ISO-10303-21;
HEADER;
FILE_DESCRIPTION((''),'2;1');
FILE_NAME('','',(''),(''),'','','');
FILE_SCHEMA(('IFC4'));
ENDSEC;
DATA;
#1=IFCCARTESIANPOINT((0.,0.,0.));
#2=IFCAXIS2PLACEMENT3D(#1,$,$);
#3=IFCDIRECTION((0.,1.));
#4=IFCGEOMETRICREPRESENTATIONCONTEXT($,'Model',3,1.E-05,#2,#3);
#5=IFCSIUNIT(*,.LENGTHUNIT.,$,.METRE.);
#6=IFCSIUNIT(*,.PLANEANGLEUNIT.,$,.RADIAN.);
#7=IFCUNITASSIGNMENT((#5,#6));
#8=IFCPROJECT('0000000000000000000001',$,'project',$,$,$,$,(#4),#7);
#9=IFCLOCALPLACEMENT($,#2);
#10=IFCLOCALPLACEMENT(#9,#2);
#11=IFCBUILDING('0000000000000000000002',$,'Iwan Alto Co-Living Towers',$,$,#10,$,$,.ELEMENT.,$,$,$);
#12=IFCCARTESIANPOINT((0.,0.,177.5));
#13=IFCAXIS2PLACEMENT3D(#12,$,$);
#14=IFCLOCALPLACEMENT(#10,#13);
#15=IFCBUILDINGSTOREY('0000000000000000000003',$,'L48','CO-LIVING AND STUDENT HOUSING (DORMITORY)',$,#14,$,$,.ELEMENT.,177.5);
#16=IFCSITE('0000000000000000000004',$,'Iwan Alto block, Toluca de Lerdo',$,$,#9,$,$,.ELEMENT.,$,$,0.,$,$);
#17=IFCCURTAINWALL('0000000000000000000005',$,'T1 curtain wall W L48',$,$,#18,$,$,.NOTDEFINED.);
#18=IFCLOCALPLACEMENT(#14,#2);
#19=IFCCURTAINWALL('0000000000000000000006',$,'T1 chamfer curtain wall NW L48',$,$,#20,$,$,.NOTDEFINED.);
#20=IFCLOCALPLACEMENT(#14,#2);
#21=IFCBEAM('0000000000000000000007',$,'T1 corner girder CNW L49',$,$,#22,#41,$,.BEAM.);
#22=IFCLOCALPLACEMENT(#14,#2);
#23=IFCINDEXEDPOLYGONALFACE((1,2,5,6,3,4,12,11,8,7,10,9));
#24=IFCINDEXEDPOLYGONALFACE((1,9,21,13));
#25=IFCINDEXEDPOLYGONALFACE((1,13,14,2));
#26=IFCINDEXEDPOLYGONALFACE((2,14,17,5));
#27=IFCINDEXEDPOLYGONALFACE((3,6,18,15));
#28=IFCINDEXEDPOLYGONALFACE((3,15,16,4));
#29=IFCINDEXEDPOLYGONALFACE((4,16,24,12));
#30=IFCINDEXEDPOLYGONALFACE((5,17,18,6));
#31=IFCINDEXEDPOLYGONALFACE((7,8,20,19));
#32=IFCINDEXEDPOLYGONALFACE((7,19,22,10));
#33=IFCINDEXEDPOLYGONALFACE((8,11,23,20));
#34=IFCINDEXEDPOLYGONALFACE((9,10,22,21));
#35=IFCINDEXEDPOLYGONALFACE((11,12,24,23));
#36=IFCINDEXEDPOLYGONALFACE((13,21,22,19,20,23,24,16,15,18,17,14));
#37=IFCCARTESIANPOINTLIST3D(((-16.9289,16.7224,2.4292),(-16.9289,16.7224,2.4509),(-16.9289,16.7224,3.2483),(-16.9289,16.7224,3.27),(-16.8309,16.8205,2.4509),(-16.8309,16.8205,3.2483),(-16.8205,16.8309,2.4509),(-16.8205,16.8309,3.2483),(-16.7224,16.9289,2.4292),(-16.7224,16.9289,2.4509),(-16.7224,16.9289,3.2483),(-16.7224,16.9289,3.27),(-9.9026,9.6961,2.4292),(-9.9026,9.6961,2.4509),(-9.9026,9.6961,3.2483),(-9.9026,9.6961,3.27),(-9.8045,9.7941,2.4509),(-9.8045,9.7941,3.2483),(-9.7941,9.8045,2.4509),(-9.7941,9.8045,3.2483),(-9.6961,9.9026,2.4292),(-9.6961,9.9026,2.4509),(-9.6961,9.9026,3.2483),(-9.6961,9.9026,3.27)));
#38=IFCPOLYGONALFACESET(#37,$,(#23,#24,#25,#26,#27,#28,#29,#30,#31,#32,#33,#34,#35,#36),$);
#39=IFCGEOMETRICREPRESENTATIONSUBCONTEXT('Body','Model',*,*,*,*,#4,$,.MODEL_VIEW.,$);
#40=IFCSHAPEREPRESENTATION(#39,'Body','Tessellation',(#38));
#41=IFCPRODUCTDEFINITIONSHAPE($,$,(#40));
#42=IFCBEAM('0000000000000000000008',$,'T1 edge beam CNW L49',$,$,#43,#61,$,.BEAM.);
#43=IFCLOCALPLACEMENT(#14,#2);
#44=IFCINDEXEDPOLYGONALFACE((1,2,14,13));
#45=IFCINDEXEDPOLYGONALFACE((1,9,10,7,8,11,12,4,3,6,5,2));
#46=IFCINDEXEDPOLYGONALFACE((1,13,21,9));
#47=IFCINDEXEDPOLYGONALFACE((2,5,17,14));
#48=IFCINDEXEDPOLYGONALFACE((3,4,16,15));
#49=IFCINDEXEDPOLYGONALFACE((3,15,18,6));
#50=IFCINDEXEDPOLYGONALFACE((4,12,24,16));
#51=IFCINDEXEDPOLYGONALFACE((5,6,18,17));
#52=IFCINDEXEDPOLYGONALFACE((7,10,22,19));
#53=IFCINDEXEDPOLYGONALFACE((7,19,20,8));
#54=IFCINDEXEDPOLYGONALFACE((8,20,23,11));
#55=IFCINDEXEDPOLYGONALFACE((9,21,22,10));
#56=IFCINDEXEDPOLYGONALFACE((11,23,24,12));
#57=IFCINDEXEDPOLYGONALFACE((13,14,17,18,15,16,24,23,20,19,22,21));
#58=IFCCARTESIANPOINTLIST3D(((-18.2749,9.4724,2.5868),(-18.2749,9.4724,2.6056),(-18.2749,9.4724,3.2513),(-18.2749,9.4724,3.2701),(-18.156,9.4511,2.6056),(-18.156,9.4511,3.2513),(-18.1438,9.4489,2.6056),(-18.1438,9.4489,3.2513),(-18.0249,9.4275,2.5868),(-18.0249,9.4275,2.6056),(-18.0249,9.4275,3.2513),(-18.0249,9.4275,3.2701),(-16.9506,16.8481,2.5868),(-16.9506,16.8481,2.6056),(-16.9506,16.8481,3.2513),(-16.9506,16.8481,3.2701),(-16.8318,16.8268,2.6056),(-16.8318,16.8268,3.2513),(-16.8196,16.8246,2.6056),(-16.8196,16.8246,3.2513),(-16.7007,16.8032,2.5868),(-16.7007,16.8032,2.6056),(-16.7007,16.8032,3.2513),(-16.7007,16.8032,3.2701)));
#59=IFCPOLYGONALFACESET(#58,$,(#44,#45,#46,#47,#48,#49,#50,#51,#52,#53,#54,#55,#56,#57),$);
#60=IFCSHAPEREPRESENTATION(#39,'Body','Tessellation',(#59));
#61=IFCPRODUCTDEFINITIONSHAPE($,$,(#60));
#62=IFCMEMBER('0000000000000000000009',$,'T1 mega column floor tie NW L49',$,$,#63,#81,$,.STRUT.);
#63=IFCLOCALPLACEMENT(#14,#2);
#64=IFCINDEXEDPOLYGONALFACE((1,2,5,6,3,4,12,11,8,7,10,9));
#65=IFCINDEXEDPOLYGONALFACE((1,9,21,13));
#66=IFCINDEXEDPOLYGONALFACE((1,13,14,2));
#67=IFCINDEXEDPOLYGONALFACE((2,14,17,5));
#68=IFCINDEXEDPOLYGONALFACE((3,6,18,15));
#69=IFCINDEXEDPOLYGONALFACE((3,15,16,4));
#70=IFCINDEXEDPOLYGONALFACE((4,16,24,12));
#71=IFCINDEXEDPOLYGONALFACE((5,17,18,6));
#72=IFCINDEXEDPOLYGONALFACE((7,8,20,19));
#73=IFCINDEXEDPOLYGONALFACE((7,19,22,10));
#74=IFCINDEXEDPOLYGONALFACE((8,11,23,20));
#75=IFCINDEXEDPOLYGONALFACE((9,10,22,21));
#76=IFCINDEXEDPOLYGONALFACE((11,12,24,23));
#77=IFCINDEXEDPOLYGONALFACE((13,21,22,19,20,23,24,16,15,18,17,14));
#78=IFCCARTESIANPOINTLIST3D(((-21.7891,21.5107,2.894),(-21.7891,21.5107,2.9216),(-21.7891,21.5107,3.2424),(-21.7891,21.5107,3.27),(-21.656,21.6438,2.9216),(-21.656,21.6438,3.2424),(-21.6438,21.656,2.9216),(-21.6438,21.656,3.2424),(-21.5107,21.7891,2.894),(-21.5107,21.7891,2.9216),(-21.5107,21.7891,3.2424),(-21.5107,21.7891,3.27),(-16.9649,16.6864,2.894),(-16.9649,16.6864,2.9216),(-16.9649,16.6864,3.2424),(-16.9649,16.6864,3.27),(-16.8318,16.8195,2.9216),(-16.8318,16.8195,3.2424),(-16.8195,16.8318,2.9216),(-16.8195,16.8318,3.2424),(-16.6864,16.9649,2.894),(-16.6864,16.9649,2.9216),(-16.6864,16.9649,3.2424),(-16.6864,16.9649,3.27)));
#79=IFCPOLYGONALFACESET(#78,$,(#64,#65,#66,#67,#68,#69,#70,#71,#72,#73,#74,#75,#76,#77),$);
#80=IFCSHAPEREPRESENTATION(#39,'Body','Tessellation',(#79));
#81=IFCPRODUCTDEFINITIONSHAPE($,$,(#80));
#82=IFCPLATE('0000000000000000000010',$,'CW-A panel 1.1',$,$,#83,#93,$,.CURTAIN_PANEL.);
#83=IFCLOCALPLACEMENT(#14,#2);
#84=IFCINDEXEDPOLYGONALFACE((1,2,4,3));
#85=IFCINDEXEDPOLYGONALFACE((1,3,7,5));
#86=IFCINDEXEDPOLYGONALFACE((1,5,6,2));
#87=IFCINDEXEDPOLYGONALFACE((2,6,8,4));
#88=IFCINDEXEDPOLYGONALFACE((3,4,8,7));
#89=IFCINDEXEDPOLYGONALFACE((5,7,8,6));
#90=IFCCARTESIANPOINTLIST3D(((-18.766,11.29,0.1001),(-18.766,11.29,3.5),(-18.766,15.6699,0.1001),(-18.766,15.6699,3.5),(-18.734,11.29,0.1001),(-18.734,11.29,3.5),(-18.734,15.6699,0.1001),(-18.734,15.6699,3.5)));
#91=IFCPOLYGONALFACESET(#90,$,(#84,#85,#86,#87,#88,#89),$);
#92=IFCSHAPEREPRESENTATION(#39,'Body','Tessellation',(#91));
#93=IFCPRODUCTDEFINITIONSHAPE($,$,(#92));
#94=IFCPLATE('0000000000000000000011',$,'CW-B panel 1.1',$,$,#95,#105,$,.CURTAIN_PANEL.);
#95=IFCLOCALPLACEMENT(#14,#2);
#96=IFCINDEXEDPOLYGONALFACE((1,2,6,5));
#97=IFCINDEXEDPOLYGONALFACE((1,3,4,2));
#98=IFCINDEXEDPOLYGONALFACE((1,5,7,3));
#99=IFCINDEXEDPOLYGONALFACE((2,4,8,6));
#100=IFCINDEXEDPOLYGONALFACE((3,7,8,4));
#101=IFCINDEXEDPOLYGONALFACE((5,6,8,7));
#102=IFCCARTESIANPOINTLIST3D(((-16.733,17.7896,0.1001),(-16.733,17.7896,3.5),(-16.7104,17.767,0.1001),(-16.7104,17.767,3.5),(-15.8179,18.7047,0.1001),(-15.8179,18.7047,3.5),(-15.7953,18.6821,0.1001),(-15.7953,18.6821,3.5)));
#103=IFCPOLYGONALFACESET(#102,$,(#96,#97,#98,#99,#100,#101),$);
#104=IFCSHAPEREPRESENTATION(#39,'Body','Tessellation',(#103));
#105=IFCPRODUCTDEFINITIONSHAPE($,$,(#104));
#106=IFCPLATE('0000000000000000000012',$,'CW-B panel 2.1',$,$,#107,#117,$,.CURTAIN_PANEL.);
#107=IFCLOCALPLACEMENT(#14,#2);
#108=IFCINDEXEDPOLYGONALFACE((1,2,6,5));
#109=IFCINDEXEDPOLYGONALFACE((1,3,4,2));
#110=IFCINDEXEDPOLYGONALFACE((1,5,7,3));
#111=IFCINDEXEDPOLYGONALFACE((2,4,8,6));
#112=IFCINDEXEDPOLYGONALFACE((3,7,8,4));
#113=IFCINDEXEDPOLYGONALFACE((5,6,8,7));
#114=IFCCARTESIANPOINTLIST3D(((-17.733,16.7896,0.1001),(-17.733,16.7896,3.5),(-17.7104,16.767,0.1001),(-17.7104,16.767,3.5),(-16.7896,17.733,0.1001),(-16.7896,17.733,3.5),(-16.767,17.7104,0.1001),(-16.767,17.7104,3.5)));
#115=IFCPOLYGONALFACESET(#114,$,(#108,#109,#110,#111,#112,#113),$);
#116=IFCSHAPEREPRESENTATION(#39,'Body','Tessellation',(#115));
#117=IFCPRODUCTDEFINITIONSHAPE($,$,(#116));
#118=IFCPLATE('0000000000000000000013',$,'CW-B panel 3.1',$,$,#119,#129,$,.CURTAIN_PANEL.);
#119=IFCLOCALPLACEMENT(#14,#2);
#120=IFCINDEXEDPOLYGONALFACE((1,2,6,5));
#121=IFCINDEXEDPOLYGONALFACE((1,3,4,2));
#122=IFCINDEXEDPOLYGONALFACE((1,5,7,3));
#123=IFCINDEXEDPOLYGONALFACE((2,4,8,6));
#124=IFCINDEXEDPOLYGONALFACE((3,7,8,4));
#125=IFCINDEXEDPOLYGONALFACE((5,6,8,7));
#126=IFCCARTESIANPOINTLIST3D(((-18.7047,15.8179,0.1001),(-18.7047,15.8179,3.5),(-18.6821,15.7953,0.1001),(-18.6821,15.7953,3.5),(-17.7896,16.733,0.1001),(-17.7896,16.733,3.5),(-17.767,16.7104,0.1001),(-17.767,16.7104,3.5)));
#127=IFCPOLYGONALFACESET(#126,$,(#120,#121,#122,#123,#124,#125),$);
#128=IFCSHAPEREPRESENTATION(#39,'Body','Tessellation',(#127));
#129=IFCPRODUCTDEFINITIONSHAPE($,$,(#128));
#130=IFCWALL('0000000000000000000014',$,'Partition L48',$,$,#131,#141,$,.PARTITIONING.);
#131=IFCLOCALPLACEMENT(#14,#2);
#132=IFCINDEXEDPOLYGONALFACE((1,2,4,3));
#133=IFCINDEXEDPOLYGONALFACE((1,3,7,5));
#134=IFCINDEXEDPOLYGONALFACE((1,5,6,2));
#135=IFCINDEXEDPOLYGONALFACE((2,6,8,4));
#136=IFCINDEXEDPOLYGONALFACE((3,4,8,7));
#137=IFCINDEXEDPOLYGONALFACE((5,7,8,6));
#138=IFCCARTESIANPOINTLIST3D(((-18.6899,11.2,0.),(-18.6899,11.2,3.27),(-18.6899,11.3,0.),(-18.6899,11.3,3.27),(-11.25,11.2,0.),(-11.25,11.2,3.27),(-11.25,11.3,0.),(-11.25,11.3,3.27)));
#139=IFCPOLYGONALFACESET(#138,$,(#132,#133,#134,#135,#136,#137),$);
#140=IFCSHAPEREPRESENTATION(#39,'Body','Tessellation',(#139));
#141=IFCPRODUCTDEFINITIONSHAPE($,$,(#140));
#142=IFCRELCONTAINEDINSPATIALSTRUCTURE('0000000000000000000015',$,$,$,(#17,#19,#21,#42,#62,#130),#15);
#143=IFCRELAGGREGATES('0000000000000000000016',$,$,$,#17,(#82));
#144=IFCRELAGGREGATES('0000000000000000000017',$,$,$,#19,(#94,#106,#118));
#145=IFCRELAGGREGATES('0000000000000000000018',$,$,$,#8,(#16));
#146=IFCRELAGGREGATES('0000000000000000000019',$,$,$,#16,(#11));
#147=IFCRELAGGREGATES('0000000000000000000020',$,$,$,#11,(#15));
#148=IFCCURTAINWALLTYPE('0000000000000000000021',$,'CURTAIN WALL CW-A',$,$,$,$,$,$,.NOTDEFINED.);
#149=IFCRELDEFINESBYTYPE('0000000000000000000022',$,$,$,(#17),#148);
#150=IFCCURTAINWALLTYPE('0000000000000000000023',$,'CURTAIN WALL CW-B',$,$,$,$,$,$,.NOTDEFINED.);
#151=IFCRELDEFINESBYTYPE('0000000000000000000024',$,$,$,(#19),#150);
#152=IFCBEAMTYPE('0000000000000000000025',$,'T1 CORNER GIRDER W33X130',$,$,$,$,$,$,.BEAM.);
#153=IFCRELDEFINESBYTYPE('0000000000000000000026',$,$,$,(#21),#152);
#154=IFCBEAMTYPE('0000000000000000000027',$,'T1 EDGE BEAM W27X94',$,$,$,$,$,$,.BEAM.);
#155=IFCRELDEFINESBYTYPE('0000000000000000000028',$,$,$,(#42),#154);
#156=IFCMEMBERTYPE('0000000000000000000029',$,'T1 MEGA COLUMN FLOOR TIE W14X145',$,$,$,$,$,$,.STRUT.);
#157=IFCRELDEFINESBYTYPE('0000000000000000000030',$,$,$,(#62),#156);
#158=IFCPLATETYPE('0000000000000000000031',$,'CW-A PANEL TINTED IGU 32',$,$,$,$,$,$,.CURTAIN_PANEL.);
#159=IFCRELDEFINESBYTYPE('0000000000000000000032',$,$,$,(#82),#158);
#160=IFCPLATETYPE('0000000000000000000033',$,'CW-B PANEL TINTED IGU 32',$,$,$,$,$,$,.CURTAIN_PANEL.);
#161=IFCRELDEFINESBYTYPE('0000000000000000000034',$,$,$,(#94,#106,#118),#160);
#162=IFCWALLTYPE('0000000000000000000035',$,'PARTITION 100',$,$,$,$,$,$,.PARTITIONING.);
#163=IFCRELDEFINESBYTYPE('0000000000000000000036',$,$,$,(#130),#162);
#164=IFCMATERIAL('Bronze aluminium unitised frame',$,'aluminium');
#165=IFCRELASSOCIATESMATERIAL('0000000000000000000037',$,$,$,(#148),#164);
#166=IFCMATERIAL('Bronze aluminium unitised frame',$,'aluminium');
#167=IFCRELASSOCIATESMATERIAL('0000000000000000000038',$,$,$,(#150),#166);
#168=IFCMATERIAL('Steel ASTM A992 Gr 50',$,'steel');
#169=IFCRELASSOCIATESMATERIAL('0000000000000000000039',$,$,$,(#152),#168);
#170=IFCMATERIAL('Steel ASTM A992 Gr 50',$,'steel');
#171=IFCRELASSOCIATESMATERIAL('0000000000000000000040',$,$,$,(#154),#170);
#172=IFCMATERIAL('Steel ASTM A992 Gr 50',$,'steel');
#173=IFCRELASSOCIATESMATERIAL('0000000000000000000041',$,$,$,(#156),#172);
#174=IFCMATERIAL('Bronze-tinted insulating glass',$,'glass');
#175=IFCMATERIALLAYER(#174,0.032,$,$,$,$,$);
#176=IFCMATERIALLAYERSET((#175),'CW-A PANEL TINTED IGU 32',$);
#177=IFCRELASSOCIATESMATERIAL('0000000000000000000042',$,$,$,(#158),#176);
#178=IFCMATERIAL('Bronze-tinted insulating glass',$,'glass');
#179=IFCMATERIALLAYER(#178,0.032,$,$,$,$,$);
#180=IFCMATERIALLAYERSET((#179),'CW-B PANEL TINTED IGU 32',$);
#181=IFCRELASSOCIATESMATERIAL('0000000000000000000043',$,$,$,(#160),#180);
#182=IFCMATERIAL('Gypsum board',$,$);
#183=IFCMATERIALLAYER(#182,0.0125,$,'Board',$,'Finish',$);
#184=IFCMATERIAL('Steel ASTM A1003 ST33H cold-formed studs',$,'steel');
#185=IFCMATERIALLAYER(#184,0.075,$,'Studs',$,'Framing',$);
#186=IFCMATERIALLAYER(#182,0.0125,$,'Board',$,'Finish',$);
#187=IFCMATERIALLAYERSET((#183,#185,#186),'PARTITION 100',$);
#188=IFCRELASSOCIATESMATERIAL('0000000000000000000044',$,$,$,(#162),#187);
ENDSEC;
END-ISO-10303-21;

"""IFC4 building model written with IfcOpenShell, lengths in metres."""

from ifc_helpers import new_model, si_unit, direction, frame, frame_2d, origin, origin_2d, place, context, subcontext, project, spatial, rectangle, i_section, extrude, material, layer, layer_set, material_profile, profile_set, type_object, element, aggregate, save


model = new_model("IFC4")

# Units and contexts
model_context = context("Model", 3, precision=1e-05, world=origin(), true_north=direction((0.0, 1.0)))
body_context = subcontext(model_context, "Body", "Model", "MODEL_VIEW")
ifc_project = project(units=[si_unit("LENGTHUNIT", "METRE"), si_unit("PLANEANGLEUNIT", "RADIAN")], contexts=[model_context])

# Site, building, storey
site_placement = place(None, origin())
site = spatial("IfcSite", under=ifc_project, at=site_placement, Name="Iwan Alto block, Toluca de Lerdo", CompositionType="ELEMENT", RefElevation=0.0)
building_placement = place(site_placement, origin())
building = spatial("IfcBuilding", under=site, at=building_placement, Name="Iwan Alto Co-Living Towers", CompositionType="ELEMENT")
storey_placement = place(building_placement, frame((0.0, 0.0, 177.5)))
storey = spatial("IfcBuildingStorey", under=building, at=storey_placement, Name="L48", Description="CO-LIVING AND STUDENT HOUSING (DORMITORY)", CompositionType="ELEMENT", Elevation=177.5)

# Shared definitions
ifc_material_1 = material(Name="Bronze aluminium unitised frame", Category="aluminium")
curtain_wall_type_1 = type_object("IfcCurtainWallType", Name="CURTAIN WALL CW-A", PredefinedType="NOTDEFINED", material=ifc_material_1)

# Curtain walls
curtain_wall_1_placement = place(storey_placement, origin())
curtain_wall_1 = element("IfcCurtainWall", 1, at=curtain_wall_1_placement, inside=storey, type_object=curtain_wall_type_1, Name="T1 curtain wall W L48", PredefinedType="NOTDEFINED")
ifc_material_2 = material(Name="Bronze aluminium unitised frame", Category="aluminium")
curtain_wall_type_2 = type_object("IfcCurtainWallType", Name="CURTAIN WALL CW-B", PredefinedType="NOTDEFINED", material=ifc_material_2)
curtain_wall_2_placement = place(storey_placement, origin())
curtain_wall_2 = element("IfcCurtainWall", 2, at=curtain_wall_2_placement, inside=storey, type_object=curtain_wall_type_2, Name="T1 chamfer curtain wall NW L48", PredefinedType="NOTDEFINED")

# Beams
ifc_material_3 = material(Name="Steel ASTM A992 Gr 50", Category="steel")
ifc_material_profile_1 = material_profile(ifc_material_3, i_section(OverallWidth=0.292, OverallDepth=0.8408, WebThickness=0.0146, FlangeThickness=0.0217, at=origin_2d()), Name="W33X130")
ifc_profile_set_1 = profile_set([ifc_material_profile_1], Name="Steel ASTM A992 Gr 50")
beam_type_1 = type_object("IfcBeamType", Name="T1 CORNER GIRDER W33X130", PredefinedType="BEAM", material=ifc_profile_set_1)
beam_1_placement = place(storey_placement, frame((-16.8257, 16.8257, 2.8496), z_axis=(0.707107, -0.707107, 0.0), x_axis=(0.707107, 0.707107, 0.0)))
element("IfcBeam", 3, at=beam_1_placement, inside=storey, type_object=beam_type_1, Name="T1 corner girder CNW L49", PredefinedType="BEAM", context=body_context, shape_type="SweptSolid", body=[
    extrude(i_section(OverallWidth=0.292, OverallDepth=0.8408, WebThickness=0.0146, FlangeThickness=0.0217, at=origin_2d()), origin(), (0.0, 0.0, 1.0), 9.9368),
])
ifc_material_4 = material(Name="Steel ASTM A992 Gr 50", Category="steel")
ifc_material_profile_2 = material_profile(ifc_material_4, i_section(OverallWidth=0.2539, OverallDepth=0.6833, WebThickness=0.0125, FlangeThickness=0.0188, at=origin_2d()), Name="W27X94")
ifc_profile_set_2 = profile_set([ifc_material_profile_2], Name="Steel ASTM A992 Gr 50")
beam_type_2 = type_object("IfcBeamType", Name="T1 EDGE BEAM W27X94", PredefinedType="BEAM", material=ifc_profile_set_2)
beam_2_placement = place(storey_placement, frame((-16.8257, 16.8257, 2.9285), z_axis=(-0.176712, -0.984263, 0.0), x_axis=(0.984263, -0.176712, 0.0)))
element("IfcBeam", 4, at=beam_2_placement, inside=storey, type_object=beam_type_2, Name="T1 edge beam CNW L49", PredefinedType="BEAM", context=body_context, shape_type="SweptSolid", body=[
    extrude(i_section(OverallWidth=0.2539, OverallDepth=0.6833, WebThickness=0.0125, FlangeThickness=0.0188, at=origin_2d()), origin(), (0.0, 0.0, 1.0), 7.4937),
])

# Member
ifc_material_5 = material(Name="Steel ASTM A992 Gr 50", Category="steel")
ifc_material_profile_3 = material_profile(ifc_material_5, i_section(OverallWidth=0.3938, OverallDepth=0.376, WebThickness=0.0173, FlangeThickness=0.0276, at=origin_2d()), Name="W14X145")
ifc_profile_set_3 = profile_set([ifc_material_profile_3], Name="Steel ASTM A992 Gr 50")
member_type_1 = type_object("IfcMemberType", Name="T1 MEGA COLUMN FLOOR TIE W14X145", PredefinedType="STRUT", material=ifc_profile_set_3)
member_1_placement = place(storey_placement, frame((-21.6499, 21.6499, 3.082), z_axis=(0.707107, -0.707107, 0.0), x_axis=(0.707107, 0.707107, 0.0)))
element("IfcMember", 5, at=member_1_placement, inside=storey, type_object=member_type_1, Name="T1 mega column floor tie NW L49", PredefinedType="STRUT", context=body_context, shape_type="SweptSolid", body=[
    extrude(i_section(OverallWidth=0.3938, OverallDepth=0.376, WebThickness=0.0173, FlangeThickness=0.0276, at=origin_2d()), origin(), (0.0, 0.0, 1.0), 6.8225),
])

# Plates
ifc_material_6 = material(Name="Bronze-tinted insulating glass", Category="glass")
ifc_layer_1 = layer(ifc_material_6, 0.032)
ifc_layer_set_1 = layer_set([ifc_layer_1], Name="CW-A PANEL TINTED IGU 32")
plate_type_1 = type_object("IfcPlateType", Name="CW-A PANEL TINTED IGU 32", PredefinedType="CURTAIN_PANEL", material=ifc_layer_set_1)
plate_1_placement = place(storey_placement, frame((-18.75, 13.48, 0.1001), z_axis=(0.0, 0.0, 1.0), x_axis=(0.0, -1.0, 0.0)))
plate_1 = element("IfcPlate", 6, at=plate_1_placement, type_object=plate_type_1, Name="CW-A panel 1.1", PredefinedType="CURTAIN_PANEL", context=body_context, shape_type="SweptSolid", body=[
    extrude(rectangle(XDim=4.3799, YDim=0.032, at=origin_2d()), origin(), (0.0, 0.0, 1.0), 3.3999),
])
aggregate(curtain_wall_1, [plate_1])
ifc_material_7 = material(Name="Bronze-tinted insulating glass", Category="glass")
ifc_layer_2 = layer(ifc_material_7, 0.032)
ifc_layer_set_2 = layer_set([ifc_layer_2], Name="CW-B PANEL TINTED IGU 32")
plate_type_2 = type_object("IfcPlateType", Name="CW-B PANEL TINTED IGU 32", PredefinedType="CURTAIN_PANEL", material=ifc_layer_set_2)
plate_2_placement = place(storey_placement, frame((-16.2642, 18.2358, 0.1001), z_axis=(0.0, 0.0, 1.0), x_axis=(-0.707107, -0.707107, 0.0)))
plate_2 = element("IfcPlate", 7, at=plate_2_placement, type_object=plate_type_2, Name="CW-B panel 1.1", PredefinedType="CURTAIN_PANEL", context=body_context, shape_type="SweptSolid", body=[
    extrude(rectangle(XDim=1.2942, YDim=0.032, at=origin_2d()), origin(), (0.0, 0.0, 1.0), 3.3999),
])
plate_3_placement = place(storey_placement, frame((-17.25, 17.25, 0.1001), z_axis=(0.0, 0.0, 1.0), x_axis=(-0.707107, -0.707107, 0.0)))
plate_3 = element("IfcPlate", 8, at=plate_3_placement, type_object=plate_type_2, Name="CW-B panel 2.1", PredefinedType="CURTAIN_PANEL", context=body_context, shape_type="SweptSolid", body=[
    extrude(rectangle(XDim=1.3342, YDim=0.032, at=origin_2d()), origin(), (0.0, 0.0, 1.0), 3.3999),
])
plate_4_placement = place(storey_placement, frame((-18.2358, 16.2642, 0.1001), z_axis=(0.0, 0.0, 1.0), x_axis=(-0.707107, -0.707107, 0.0)))
plate_4 = element("IfcPlate", 9, at=plate_4_placement, type_object=plate_type_2, Name="CW-B panel 3.1", PredefinedType="CURTAIN_PANEL", context=body_context, shape_type="SweptSolid", body=[
    extrude(rectangle(XDim=1.2942, YDim=0.032, at=origin_2d()), origin(), (0.0, 0.0, 1.0), 3.3999),
])
aggregate(curtain_wall_2, [plate_2, plate_3, plate_4])

# Wall
ifc_material_8 = material(Name="Gypsum board")
ifc_layer_3 = layer(ifc_material_8, 0.0125, Name="Board", Category="Finish")
ifc_material_9 = material(Name="Steel ASTM A1003 ST33H cold-formed studs", Category="steel")
ifc_layer_4 = layer(ifc_material_9, 0.075, Name="Studs", Category="Framing")
ifc_layer_5 = layer(ifc_material_8, 0.0125, Name="Board", Category="Finish")
ifc_layer_set_3 = layer_set([ifc_layer_3, ifc_layer_4, ifc_layer_5], Name="PARTITION 100")
wall_type = type_object("IfcWallType", Name="PARTITION 100", PredefinedType="PARTITIONING", material=ifc_layer_set_3)
wall_placement = place(storey_placement, frame((-18.6899, 11.25, 0.0), z_axis=(0.0, 0.0, 1.0), x_axis=(1.0, 0.0, 0.0)))
element("IfcWall", 10, at=wall_placement, inside=storey, type_object=wall_type, Name="Partition L48", PredefinedType="PARTITIONING", context=body_context, shape_type="SweptSolid", body=[
    extrude(rectangle(XDim=7.4399, YDim=0.1001, at=frame_2d((3.72, 0.0))), origin(), (0.0, 0.0, 1.0), 3.27),
])

save(model, "model.ifc")
